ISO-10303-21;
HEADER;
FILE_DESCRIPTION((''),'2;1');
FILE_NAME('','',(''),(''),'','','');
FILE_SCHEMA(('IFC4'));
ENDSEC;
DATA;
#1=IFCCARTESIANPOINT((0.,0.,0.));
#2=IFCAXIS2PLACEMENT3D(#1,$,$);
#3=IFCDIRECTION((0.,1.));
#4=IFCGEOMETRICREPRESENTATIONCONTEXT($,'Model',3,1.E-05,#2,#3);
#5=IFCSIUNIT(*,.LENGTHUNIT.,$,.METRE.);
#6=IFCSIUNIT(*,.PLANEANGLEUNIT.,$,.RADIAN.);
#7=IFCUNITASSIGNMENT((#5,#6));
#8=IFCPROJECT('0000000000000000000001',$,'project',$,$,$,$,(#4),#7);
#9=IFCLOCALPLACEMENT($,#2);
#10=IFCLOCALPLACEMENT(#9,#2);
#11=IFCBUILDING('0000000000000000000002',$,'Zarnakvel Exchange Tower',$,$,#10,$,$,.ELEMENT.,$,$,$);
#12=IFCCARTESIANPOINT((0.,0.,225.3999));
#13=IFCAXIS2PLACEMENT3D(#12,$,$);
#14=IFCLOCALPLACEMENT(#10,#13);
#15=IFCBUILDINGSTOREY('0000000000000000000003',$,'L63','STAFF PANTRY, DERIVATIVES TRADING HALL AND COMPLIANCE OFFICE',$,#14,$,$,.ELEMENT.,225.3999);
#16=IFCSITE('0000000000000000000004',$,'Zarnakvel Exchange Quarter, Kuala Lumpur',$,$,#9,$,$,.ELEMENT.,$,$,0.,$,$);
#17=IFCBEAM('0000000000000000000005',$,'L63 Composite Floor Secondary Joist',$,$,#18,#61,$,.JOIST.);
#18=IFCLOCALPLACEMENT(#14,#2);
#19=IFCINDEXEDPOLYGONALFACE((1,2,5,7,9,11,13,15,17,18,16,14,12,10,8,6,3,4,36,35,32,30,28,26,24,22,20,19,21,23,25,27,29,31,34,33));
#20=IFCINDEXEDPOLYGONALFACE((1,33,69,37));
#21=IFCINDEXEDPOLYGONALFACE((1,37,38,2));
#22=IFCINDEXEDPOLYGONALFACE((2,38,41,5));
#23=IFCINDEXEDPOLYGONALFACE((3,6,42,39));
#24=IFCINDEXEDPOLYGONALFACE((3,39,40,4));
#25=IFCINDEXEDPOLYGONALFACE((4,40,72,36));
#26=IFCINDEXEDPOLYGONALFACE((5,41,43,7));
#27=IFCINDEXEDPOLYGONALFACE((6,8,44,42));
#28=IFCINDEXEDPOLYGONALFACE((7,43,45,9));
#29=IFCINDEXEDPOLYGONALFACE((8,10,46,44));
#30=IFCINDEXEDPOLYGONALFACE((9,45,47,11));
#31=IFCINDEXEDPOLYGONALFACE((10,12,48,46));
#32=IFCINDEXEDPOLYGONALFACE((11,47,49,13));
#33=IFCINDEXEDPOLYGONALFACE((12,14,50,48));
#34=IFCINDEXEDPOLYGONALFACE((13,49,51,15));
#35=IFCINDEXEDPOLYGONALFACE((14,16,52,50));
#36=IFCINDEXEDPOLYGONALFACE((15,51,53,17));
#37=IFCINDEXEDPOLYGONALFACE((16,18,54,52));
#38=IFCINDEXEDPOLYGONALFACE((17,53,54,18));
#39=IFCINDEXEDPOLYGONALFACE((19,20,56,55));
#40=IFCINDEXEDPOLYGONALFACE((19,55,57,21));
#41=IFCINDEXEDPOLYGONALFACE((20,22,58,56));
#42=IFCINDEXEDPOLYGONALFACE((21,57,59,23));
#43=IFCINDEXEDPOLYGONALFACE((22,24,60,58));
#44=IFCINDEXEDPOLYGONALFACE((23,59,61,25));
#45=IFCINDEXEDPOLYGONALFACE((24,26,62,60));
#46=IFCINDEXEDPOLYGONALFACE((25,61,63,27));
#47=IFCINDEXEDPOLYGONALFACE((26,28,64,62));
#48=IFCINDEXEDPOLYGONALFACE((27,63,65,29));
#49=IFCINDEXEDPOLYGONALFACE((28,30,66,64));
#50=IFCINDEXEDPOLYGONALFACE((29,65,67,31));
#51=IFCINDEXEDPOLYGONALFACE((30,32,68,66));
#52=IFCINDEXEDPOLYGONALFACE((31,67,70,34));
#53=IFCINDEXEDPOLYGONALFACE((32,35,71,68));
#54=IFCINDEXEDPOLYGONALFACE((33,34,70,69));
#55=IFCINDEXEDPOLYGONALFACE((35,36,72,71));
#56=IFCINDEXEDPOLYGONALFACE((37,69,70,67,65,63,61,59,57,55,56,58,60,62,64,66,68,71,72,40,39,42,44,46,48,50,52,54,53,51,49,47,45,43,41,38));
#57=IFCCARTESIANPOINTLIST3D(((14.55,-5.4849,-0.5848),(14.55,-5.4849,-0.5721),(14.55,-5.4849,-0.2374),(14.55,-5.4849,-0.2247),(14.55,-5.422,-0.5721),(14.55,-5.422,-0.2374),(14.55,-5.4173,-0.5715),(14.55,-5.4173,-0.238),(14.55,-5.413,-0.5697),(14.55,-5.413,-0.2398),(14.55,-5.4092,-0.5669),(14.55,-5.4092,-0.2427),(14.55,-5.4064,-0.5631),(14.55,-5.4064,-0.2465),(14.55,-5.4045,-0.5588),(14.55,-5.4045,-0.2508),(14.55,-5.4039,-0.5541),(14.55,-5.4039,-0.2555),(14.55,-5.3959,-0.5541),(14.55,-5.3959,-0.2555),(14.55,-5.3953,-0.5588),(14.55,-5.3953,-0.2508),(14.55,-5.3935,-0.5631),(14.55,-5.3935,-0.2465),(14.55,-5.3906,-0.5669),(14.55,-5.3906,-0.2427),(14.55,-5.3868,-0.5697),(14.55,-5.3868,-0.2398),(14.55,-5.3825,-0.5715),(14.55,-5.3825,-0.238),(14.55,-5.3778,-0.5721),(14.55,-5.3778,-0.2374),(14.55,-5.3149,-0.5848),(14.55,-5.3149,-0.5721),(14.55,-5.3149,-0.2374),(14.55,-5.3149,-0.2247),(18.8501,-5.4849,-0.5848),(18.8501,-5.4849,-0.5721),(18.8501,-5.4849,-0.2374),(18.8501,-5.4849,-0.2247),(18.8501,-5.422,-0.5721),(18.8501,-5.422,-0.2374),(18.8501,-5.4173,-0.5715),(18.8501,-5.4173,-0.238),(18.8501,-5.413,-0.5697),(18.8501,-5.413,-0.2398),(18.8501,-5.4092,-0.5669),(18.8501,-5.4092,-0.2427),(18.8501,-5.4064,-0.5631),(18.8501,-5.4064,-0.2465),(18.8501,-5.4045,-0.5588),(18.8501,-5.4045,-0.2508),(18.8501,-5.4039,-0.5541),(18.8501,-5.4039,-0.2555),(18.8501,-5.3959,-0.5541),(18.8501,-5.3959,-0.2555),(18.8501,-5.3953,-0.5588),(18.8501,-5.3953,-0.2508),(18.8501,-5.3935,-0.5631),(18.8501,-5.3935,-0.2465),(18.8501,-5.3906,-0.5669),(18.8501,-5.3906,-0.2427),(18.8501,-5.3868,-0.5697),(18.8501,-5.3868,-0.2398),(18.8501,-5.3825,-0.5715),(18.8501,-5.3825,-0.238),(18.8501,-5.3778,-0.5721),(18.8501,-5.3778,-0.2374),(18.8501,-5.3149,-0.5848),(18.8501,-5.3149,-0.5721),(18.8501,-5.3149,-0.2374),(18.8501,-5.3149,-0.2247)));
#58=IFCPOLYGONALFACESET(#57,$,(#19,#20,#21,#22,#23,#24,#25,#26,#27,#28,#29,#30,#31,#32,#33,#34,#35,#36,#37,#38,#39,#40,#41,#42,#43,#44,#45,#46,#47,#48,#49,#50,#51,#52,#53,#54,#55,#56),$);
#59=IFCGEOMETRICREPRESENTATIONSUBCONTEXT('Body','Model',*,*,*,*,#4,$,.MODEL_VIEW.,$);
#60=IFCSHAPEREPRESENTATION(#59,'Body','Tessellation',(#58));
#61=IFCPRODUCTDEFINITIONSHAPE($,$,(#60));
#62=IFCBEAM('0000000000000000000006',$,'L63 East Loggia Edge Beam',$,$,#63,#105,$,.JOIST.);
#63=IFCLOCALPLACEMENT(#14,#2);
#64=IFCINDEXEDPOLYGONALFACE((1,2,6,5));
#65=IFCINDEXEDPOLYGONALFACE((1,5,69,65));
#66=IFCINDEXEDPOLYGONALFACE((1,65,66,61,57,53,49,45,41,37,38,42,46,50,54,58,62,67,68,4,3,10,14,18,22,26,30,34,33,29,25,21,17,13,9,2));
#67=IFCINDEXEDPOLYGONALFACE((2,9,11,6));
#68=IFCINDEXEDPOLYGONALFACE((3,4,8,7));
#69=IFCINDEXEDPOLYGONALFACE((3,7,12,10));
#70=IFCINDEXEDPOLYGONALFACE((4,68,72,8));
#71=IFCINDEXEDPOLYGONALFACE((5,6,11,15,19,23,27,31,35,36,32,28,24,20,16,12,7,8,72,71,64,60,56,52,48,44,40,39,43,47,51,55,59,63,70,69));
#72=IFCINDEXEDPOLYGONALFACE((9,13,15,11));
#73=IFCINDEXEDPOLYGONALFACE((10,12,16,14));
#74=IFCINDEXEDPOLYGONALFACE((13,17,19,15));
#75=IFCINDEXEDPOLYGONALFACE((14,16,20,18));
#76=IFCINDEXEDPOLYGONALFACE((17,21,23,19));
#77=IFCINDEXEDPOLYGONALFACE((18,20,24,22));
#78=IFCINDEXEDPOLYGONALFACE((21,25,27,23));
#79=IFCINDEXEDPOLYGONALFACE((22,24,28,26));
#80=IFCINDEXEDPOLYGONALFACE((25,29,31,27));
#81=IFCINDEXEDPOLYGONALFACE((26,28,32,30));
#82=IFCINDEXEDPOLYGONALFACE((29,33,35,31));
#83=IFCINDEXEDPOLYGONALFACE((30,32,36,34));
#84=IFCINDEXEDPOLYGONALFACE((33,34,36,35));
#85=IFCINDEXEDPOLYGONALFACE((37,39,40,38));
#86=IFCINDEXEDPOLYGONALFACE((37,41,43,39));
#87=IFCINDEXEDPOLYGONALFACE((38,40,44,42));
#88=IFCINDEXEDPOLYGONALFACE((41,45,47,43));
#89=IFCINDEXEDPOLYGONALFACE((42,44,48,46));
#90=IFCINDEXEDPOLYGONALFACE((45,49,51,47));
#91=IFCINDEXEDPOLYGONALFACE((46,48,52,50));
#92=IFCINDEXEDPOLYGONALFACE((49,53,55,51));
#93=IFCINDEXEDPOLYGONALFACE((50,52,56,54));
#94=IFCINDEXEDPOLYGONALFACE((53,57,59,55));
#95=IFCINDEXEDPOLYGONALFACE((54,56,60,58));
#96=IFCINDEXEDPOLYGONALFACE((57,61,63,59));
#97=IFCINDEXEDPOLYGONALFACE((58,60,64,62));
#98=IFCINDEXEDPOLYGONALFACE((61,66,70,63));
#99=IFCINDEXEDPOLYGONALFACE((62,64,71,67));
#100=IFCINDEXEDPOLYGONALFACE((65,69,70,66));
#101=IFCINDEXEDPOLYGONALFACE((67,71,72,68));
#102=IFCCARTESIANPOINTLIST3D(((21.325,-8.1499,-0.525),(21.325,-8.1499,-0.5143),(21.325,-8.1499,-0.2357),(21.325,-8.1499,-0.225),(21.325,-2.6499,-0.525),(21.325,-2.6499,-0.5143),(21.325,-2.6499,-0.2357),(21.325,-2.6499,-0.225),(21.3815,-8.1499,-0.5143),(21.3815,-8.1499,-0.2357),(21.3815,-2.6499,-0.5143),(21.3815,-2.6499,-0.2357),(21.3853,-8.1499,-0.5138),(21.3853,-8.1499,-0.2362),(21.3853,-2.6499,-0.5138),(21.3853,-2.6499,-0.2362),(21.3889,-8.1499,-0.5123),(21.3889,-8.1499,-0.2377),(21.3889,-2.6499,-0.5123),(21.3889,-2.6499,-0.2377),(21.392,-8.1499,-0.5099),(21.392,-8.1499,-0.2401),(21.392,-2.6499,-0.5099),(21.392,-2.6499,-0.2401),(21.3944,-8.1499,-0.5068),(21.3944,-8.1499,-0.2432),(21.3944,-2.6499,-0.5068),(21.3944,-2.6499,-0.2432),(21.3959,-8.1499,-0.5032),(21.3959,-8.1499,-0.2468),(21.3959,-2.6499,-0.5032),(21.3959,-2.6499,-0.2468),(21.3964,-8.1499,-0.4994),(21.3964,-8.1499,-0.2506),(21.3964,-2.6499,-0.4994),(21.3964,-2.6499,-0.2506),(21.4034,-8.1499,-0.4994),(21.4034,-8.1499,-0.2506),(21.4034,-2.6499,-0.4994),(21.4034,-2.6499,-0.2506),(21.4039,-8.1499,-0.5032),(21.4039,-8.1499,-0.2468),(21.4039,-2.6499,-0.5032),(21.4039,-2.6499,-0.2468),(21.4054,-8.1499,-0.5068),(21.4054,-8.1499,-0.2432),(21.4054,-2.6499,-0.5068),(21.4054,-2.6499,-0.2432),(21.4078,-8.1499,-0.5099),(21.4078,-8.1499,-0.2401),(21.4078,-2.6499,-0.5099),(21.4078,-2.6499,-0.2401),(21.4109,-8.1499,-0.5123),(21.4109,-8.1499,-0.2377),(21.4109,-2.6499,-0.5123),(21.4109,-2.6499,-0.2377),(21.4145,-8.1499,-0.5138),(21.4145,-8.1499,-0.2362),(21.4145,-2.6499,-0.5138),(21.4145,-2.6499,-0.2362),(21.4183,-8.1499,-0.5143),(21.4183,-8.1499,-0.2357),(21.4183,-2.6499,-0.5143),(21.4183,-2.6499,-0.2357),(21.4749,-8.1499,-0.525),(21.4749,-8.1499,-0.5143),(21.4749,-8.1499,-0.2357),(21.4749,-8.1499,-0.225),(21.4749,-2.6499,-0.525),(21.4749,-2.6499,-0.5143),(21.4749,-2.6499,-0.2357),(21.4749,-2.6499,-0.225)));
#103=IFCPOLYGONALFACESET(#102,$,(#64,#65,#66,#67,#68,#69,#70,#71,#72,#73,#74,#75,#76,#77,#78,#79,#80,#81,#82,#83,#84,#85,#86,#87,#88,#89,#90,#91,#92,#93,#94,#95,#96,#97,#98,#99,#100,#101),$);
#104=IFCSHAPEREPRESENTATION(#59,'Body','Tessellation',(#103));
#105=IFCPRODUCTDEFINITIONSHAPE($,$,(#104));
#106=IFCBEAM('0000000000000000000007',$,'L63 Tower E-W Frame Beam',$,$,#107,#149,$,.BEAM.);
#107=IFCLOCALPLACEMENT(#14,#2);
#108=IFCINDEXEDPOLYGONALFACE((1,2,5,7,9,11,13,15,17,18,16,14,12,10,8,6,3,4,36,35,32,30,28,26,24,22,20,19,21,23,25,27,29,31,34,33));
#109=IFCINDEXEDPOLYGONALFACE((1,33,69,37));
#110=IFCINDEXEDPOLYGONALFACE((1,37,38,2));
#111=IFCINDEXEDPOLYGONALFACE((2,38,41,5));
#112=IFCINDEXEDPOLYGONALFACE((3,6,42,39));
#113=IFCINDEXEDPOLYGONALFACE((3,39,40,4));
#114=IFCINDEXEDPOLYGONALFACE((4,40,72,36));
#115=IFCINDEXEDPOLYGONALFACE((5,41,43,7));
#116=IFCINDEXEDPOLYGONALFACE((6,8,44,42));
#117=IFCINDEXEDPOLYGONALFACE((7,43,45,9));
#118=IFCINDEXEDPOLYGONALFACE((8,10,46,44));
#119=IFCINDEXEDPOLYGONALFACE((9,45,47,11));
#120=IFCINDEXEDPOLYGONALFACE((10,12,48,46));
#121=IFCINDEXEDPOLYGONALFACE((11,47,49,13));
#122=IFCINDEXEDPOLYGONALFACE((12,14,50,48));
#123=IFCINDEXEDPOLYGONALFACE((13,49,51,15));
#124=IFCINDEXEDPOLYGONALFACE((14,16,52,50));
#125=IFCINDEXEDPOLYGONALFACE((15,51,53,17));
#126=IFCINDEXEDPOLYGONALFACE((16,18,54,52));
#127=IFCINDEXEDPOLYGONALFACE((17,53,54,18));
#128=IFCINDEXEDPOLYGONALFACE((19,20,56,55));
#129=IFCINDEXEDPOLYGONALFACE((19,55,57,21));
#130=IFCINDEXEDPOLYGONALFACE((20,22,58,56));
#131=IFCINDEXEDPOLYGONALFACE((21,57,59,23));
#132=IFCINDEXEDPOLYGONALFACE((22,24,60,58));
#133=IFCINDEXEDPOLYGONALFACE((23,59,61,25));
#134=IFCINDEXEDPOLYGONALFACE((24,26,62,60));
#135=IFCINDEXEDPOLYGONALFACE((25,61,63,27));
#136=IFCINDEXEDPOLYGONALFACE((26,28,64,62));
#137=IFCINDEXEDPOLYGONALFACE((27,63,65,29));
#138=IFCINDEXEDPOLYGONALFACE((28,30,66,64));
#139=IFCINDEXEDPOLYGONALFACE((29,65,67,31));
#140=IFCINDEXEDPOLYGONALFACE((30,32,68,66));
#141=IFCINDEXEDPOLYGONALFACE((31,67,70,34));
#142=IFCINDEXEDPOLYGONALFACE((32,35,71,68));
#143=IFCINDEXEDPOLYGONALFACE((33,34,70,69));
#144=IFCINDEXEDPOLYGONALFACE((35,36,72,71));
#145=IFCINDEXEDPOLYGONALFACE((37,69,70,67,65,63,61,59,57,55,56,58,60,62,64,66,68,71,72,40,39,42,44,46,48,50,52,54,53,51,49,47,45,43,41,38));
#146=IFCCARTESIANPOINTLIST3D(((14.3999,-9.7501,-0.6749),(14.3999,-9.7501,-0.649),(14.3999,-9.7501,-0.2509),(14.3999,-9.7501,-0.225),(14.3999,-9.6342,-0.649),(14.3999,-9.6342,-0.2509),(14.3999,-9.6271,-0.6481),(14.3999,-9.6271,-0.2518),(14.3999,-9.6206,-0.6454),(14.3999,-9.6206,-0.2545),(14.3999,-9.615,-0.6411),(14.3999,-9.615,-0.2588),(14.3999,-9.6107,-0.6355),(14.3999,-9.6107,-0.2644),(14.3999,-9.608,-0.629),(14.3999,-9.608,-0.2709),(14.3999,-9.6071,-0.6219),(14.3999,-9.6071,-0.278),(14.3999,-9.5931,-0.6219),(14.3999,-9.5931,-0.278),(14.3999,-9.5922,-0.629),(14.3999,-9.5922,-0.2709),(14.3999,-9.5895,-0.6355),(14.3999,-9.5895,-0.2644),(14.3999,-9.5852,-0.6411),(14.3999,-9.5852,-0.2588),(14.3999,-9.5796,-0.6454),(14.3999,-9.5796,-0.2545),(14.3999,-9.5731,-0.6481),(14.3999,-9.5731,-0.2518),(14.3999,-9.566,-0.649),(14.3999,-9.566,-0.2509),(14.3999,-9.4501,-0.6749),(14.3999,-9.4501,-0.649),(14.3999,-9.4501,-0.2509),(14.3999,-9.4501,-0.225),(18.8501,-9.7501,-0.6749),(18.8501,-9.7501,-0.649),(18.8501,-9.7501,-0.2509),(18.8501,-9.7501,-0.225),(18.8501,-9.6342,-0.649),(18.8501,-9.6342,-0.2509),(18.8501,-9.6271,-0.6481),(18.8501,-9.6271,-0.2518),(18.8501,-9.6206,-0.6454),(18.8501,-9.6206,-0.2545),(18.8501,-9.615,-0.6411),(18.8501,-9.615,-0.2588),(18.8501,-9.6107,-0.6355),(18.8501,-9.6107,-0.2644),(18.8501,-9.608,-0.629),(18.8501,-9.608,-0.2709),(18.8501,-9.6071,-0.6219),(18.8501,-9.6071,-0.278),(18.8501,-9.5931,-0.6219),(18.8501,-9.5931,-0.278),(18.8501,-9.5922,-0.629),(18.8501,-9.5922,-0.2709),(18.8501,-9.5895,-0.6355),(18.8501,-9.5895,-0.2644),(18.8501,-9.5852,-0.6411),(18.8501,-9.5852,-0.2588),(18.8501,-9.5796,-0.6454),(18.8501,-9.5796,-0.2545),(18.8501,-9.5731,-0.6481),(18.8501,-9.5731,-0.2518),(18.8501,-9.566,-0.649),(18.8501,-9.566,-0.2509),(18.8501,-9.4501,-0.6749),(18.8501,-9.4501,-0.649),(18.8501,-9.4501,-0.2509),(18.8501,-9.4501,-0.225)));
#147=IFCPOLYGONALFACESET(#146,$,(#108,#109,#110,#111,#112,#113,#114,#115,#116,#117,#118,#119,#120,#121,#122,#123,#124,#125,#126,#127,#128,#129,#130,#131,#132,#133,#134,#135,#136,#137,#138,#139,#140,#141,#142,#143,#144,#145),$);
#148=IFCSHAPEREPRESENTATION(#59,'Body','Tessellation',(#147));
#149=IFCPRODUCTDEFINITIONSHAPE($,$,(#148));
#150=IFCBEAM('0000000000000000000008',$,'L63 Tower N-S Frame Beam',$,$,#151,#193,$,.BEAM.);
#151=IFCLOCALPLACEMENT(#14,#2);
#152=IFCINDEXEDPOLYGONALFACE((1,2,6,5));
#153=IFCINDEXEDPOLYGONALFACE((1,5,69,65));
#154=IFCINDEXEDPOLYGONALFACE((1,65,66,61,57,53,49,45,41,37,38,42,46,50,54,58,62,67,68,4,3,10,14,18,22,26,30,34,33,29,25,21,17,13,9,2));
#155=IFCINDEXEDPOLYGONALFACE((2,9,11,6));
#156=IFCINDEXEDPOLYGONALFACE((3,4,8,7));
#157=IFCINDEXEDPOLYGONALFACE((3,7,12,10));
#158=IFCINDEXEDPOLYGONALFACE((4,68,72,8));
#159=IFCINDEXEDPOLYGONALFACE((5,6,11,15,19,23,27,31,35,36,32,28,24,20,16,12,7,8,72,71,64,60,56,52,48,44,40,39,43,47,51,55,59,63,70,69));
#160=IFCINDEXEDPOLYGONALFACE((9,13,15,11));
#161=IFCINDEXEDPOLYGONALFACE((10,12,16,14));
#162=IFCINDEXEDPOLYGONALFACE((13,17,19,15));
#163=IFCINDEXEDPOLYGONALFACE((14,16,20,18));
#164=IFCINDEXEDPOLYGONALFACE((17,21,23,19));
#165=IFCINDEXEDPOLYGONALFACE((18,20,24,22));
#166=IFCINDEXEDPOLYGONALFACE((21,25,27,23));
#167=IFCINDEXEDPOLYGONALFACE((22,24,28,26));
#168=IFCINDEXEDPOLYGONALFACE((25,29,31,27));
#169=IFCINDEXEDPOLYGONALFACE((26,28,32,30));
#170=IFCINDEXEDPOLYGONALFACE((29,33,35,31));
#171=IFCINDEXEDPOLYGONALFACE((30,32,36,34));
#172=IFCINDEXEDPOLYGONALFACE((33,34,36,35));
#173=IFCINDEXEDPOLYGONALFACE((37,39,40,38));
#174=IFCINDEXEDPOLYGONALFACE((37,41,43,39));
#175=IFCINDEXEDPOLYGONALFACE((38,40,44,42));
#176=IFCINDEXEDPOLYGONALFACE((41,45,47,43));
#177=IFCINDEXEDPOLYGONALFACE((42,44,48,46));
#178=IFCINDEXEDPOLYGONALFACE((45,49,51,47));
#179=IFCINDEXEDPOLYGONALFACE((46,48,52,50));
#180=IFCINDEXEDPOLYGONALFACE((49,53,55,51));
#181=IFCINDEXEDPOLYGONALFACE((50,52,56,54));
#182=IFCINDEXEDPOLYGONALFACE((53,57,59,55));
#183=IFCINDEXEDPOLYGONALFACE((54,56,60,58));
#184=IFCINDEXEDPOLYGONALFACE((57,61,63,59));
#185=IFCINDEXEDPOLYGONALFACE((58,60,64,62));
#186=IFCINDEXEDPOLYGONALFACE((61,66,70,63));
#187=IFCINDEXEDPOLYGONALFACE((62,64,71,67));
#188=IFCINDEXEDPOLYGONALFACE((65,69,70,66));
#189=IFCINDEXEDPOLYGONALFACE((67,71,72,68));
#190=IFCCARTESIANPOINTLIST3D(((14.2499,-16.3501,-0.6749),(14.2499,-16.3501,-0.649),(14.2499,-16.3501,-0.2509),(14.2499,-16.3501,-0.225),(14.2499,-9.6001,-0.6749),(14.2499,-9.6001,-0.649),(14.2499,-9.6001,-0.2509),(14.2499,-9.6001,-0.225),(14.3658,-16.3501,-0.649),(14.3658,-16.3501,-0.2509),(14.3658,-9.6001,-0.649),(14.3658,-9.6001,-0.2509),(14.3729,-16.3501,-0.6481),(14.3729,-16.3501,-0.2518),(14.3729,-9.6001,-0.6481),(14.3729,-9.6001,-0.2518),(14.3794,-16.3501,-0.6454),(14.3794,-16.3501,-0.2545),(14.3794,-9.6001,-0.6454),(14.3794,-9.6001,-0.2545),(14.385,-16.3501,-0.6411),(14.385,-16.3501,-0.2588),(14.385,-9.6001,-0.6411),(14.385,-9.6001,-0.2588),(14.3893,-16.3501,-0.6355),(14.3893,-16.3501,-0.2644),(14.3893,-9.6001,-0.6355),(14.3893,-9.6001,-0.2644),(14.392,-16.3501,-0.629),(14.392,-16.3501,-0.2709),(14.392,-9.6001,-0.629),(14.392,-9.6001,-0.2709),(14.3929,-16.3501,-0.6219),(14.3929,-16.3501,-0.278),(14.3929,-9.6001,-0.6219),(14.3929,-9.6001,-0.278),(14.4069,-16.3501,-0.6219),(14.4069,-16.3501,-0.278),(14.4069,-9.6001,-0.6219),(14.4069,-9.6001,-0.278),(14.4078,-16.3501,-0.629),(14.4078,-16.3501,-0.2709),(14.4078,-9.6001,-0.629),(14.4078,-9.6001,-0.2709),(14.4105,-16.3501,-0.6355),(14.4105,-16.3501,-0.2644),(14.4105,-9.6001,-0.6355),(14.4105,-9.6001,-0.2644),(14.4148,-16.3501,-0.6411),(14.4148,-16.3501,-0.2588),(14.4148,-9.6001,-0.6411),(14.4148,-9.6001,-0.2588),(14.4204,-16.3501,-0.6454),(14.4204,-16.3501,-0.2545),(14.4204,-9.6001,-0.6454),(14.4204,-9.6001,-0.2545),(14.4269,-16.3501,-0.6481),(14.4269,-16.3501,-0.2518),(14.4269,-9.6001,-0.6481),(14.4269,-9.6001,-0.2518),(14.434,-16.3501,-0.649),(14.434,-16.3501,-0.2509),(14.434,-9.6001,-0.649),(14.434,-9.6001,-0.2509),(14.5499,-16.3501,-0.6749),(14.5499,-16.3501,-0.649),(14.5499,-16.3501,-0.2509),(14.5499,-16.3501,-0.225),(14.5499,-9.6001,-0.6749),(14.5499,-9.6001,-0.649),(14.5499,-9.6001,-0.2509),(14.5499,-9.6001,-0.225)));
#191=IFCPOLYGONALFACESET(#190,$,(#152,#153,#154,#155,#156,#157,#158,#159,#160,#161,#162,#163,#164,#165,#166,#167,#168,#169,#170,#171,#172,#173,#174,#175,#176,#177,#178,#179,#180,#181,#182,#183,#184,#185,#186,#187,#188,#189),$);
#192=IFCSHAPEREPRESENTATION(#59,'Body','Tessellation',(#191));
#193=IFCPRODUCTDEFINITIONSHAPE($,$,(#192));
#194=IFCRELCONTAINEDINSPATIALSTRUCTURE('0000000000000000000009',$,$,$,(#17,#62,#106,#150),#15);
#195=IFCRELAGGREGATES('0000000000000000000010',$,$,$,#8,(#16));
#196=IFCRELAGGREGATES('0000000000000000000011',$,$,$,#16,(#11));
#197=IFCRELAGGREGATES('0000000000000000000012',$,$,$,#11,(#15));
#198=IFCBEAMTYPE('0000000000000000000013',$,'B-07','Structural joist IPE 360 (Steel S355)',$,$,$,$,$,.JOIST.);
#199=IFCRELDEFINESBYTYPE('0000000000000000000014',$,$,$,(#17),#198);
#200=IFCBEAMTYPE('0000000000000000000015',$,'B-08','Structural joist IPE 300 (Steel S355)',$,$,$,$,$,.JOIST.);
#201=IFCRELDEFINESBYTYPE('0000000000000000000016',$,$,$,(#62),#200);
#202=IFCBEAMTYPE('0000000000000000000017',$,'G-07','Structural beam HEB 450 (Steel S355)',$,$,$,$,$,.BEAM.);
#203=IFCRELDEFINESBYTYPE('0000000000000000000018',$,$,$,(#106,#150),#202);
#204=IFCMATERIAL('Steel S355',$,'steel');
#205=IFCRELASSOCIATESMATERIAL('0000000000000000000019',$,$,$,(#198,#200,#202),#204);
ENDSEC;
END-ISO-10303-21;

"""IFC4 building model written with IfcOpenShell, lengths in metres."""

from ifc_helpers import new_model, si_unit, direction, frame, origin, origin_2d, place, context, subcontext, project, spatial, i_section, extrude, material, material_profile, profile_set, type_object, element, save


model = new_model("IFC4")

# Units and contexts
model_context = context("Model", 3, precision=1e-05, world=origin(), true_north=direction((0.0, 1.0)))
body_context = subcontext(model_context, "Body", "Model", "MODEL_VIEW")
ifc_project = project(units=[si_unit("LENGTHUNIT", "METRE"), si_unit("PLANEANGLEUNIT", "RADIAN")], contexts=[model_context])

# Site, building, storey
site_placement = place(None, origin())
site = spatial("IfcSite", under=ifc_project, at=site_placement, Name="Zarnakvel Exchange Quarter, Kuala Lumpur", CompositionType="ELEMENT", RefElevation=0.0)
building_placement = place(site_placement, origin())
building = spatial("IfcBuilding", under=site, at=building_placement, Name="Zarnakvel Exchange Tower", CompositionType="ELEMENT")
storey_placement = place(building_placement, frame((0.0, 0.0, 225.3999)))
storey = spatial("IfcBuildingStorey", under=building, at=storey_placement, Name="L63", Description="STAFF PANTRY, DERIVATIVES TRADING HALL AND COMPLIANCE OFFICE", CompositionType="ELEMENT", Elevation=225.3999)

# Shared definitions
ifc_material_1 = material(Name="Steel S355", Category="steel")

# Beams
ifc_material_profile_1 = material_profile(ifc_material_1, i_section(OverallWidth=0.1699, OverallDepth=0.3601, WebThickness=0.0081, FlangeThickness=0.0127, FilletRadius=0.0181, at=origin_2d()))
ifc_profile_set_1 = profile_set([ifc_material_profile_1], Name="Steel S355")
beam_type_1 = type_object("IfcBeamType", Name="B-07", Description="Structural joist IPE 360 (Steel S355)", PredefinedType="JOIST", material=ifc_profile_set_1)
beam_1_placement = place(storey_placement, frame((14.55, -5.3999, -0.4048), z_axis=(1.0, 0.0, 0.0), x_axis=(0.0, 1.0, 0.0)))
element("IfcBeam", 1, at=beam_1_placement, inside=storey, type_object=beam_type_1, Name="L63 Composite Floor Secondary Joist", PredefinedType="JOIST", context=body_context, shape_type="SweptSolid", body=[
    extrude(i_section(OverallWidth=0.1699, OverallDepth=0.3601, WebThickness=0.0081, FlangeThickness=0.0127, FilletRadius=0.0181, at=origin_2d()), origin(), (0.0, 0.0, 1.0), 4.3),
])
ifc_material_profile_2 = material_profile(ifc_material_1, i_section(OverallWidth=0.1499, OverallDepth=0.3, WebThickness=0.0071, FlangeThickness=0.0107, FilletRadius=0.0149, at=origin_2d()))
ifc_profile_set_2 = profile_set([ifc_material_profile_2], Name="Steel S355")
beam_type_2 = type_object("IfcBeamType", Name="B-08", Description="Structural joist IPE 300 (Steel S355)", PredefinedType="JOIST", material=ifc_profile_set_2)
beam_2_placement = place(storey_placement, frame((21.3999, -8.1499, -0.375), z_axis=(0.0, 1.0, 0.0), x_axis=(-1.0, 0.0, 0.0)))
element("IfcBeam", 2, at=beam_2_placement, inside=storey, type_object=beam_type_2, Name="L63 East Loggia Edge Beam", PredefinedType="JOIST", context=body_context, shape_type="SweptSolid", body=[
    extrude(i_section(OverallWidth=0.1499, OverallDepth=0.3, WebThickness=0.0071, FlangeThickness=0.0107, FilletRadius=0.0149, at=origin_2d()), origin(), (0.0, 0.0, 1.0), 5.5),
])
ifc_material_profile_3 = material_profile(ifc_material_1, i_section(OverallWidth=0.3, OverallDepth=0.45, WebThickness=0.0139, FlangeThickness=0.0259, FilletRadius=0.0271, at=origin_2d()))
ifc_profile_set_3 = profile_set([ifc_material_profile_3], Name="Steel S355")
beam_type_3 = type_object("IfcBeamType", Name="G-07", Description="Structural beam HEB 450 (Steel S355)", PredefinedType="BEAM", material=ifc_profile_set_3)
beam_3_placement = place(storey_placement, frame((14.3999, -9.6001, -0.45), z_axis=(1.0, 0.0, 0.0), x_axis=(0.0, 1.0, 0.0)))
element("IfcBeam", 3, at=beam_3_placement, inside=storey, type_object=beam_type_3, Name="L63 Tower E-W Frame Beam", PredefinedType="BEAM", context=body_context, shape_type="SweptSolid", body=[
    extrude(i_section(OverallWidth=0.3, OverallDepth=0.45, WebThickness=0.0139, FlangeThickness=0.0259, FilletRadius=0.0271, at=origin_2d()), origin(), (0.0, 0.0, 1.0), 4.4502),
])
beam_4_placement = place(storey_placement, frame((14.3999, -16.3501, -0.45), z_axis=(0.0, 1.0, 0.0), x_axis=(-1.0, 0.0, 0.0)))
element("IfcBeam", 4, at=beam_4_placement, inside=storey, type_object=beam_type_3, Name="L63 Tower N-S Frame Beam", PredefinedType="BEAM", context=body_context, shape_type="SweptSolid", body=[
    extrude(i_section(OverallWidth=0.3, OverallDepth=0.45, WebThickness=0.0139, FlangeThickness=0.0259, FilletRadius=0.0271, at=origin_2d()), origin(), (0.0, 0.0, 1.0), 6.75),
])

save(model, "model.ifc")
